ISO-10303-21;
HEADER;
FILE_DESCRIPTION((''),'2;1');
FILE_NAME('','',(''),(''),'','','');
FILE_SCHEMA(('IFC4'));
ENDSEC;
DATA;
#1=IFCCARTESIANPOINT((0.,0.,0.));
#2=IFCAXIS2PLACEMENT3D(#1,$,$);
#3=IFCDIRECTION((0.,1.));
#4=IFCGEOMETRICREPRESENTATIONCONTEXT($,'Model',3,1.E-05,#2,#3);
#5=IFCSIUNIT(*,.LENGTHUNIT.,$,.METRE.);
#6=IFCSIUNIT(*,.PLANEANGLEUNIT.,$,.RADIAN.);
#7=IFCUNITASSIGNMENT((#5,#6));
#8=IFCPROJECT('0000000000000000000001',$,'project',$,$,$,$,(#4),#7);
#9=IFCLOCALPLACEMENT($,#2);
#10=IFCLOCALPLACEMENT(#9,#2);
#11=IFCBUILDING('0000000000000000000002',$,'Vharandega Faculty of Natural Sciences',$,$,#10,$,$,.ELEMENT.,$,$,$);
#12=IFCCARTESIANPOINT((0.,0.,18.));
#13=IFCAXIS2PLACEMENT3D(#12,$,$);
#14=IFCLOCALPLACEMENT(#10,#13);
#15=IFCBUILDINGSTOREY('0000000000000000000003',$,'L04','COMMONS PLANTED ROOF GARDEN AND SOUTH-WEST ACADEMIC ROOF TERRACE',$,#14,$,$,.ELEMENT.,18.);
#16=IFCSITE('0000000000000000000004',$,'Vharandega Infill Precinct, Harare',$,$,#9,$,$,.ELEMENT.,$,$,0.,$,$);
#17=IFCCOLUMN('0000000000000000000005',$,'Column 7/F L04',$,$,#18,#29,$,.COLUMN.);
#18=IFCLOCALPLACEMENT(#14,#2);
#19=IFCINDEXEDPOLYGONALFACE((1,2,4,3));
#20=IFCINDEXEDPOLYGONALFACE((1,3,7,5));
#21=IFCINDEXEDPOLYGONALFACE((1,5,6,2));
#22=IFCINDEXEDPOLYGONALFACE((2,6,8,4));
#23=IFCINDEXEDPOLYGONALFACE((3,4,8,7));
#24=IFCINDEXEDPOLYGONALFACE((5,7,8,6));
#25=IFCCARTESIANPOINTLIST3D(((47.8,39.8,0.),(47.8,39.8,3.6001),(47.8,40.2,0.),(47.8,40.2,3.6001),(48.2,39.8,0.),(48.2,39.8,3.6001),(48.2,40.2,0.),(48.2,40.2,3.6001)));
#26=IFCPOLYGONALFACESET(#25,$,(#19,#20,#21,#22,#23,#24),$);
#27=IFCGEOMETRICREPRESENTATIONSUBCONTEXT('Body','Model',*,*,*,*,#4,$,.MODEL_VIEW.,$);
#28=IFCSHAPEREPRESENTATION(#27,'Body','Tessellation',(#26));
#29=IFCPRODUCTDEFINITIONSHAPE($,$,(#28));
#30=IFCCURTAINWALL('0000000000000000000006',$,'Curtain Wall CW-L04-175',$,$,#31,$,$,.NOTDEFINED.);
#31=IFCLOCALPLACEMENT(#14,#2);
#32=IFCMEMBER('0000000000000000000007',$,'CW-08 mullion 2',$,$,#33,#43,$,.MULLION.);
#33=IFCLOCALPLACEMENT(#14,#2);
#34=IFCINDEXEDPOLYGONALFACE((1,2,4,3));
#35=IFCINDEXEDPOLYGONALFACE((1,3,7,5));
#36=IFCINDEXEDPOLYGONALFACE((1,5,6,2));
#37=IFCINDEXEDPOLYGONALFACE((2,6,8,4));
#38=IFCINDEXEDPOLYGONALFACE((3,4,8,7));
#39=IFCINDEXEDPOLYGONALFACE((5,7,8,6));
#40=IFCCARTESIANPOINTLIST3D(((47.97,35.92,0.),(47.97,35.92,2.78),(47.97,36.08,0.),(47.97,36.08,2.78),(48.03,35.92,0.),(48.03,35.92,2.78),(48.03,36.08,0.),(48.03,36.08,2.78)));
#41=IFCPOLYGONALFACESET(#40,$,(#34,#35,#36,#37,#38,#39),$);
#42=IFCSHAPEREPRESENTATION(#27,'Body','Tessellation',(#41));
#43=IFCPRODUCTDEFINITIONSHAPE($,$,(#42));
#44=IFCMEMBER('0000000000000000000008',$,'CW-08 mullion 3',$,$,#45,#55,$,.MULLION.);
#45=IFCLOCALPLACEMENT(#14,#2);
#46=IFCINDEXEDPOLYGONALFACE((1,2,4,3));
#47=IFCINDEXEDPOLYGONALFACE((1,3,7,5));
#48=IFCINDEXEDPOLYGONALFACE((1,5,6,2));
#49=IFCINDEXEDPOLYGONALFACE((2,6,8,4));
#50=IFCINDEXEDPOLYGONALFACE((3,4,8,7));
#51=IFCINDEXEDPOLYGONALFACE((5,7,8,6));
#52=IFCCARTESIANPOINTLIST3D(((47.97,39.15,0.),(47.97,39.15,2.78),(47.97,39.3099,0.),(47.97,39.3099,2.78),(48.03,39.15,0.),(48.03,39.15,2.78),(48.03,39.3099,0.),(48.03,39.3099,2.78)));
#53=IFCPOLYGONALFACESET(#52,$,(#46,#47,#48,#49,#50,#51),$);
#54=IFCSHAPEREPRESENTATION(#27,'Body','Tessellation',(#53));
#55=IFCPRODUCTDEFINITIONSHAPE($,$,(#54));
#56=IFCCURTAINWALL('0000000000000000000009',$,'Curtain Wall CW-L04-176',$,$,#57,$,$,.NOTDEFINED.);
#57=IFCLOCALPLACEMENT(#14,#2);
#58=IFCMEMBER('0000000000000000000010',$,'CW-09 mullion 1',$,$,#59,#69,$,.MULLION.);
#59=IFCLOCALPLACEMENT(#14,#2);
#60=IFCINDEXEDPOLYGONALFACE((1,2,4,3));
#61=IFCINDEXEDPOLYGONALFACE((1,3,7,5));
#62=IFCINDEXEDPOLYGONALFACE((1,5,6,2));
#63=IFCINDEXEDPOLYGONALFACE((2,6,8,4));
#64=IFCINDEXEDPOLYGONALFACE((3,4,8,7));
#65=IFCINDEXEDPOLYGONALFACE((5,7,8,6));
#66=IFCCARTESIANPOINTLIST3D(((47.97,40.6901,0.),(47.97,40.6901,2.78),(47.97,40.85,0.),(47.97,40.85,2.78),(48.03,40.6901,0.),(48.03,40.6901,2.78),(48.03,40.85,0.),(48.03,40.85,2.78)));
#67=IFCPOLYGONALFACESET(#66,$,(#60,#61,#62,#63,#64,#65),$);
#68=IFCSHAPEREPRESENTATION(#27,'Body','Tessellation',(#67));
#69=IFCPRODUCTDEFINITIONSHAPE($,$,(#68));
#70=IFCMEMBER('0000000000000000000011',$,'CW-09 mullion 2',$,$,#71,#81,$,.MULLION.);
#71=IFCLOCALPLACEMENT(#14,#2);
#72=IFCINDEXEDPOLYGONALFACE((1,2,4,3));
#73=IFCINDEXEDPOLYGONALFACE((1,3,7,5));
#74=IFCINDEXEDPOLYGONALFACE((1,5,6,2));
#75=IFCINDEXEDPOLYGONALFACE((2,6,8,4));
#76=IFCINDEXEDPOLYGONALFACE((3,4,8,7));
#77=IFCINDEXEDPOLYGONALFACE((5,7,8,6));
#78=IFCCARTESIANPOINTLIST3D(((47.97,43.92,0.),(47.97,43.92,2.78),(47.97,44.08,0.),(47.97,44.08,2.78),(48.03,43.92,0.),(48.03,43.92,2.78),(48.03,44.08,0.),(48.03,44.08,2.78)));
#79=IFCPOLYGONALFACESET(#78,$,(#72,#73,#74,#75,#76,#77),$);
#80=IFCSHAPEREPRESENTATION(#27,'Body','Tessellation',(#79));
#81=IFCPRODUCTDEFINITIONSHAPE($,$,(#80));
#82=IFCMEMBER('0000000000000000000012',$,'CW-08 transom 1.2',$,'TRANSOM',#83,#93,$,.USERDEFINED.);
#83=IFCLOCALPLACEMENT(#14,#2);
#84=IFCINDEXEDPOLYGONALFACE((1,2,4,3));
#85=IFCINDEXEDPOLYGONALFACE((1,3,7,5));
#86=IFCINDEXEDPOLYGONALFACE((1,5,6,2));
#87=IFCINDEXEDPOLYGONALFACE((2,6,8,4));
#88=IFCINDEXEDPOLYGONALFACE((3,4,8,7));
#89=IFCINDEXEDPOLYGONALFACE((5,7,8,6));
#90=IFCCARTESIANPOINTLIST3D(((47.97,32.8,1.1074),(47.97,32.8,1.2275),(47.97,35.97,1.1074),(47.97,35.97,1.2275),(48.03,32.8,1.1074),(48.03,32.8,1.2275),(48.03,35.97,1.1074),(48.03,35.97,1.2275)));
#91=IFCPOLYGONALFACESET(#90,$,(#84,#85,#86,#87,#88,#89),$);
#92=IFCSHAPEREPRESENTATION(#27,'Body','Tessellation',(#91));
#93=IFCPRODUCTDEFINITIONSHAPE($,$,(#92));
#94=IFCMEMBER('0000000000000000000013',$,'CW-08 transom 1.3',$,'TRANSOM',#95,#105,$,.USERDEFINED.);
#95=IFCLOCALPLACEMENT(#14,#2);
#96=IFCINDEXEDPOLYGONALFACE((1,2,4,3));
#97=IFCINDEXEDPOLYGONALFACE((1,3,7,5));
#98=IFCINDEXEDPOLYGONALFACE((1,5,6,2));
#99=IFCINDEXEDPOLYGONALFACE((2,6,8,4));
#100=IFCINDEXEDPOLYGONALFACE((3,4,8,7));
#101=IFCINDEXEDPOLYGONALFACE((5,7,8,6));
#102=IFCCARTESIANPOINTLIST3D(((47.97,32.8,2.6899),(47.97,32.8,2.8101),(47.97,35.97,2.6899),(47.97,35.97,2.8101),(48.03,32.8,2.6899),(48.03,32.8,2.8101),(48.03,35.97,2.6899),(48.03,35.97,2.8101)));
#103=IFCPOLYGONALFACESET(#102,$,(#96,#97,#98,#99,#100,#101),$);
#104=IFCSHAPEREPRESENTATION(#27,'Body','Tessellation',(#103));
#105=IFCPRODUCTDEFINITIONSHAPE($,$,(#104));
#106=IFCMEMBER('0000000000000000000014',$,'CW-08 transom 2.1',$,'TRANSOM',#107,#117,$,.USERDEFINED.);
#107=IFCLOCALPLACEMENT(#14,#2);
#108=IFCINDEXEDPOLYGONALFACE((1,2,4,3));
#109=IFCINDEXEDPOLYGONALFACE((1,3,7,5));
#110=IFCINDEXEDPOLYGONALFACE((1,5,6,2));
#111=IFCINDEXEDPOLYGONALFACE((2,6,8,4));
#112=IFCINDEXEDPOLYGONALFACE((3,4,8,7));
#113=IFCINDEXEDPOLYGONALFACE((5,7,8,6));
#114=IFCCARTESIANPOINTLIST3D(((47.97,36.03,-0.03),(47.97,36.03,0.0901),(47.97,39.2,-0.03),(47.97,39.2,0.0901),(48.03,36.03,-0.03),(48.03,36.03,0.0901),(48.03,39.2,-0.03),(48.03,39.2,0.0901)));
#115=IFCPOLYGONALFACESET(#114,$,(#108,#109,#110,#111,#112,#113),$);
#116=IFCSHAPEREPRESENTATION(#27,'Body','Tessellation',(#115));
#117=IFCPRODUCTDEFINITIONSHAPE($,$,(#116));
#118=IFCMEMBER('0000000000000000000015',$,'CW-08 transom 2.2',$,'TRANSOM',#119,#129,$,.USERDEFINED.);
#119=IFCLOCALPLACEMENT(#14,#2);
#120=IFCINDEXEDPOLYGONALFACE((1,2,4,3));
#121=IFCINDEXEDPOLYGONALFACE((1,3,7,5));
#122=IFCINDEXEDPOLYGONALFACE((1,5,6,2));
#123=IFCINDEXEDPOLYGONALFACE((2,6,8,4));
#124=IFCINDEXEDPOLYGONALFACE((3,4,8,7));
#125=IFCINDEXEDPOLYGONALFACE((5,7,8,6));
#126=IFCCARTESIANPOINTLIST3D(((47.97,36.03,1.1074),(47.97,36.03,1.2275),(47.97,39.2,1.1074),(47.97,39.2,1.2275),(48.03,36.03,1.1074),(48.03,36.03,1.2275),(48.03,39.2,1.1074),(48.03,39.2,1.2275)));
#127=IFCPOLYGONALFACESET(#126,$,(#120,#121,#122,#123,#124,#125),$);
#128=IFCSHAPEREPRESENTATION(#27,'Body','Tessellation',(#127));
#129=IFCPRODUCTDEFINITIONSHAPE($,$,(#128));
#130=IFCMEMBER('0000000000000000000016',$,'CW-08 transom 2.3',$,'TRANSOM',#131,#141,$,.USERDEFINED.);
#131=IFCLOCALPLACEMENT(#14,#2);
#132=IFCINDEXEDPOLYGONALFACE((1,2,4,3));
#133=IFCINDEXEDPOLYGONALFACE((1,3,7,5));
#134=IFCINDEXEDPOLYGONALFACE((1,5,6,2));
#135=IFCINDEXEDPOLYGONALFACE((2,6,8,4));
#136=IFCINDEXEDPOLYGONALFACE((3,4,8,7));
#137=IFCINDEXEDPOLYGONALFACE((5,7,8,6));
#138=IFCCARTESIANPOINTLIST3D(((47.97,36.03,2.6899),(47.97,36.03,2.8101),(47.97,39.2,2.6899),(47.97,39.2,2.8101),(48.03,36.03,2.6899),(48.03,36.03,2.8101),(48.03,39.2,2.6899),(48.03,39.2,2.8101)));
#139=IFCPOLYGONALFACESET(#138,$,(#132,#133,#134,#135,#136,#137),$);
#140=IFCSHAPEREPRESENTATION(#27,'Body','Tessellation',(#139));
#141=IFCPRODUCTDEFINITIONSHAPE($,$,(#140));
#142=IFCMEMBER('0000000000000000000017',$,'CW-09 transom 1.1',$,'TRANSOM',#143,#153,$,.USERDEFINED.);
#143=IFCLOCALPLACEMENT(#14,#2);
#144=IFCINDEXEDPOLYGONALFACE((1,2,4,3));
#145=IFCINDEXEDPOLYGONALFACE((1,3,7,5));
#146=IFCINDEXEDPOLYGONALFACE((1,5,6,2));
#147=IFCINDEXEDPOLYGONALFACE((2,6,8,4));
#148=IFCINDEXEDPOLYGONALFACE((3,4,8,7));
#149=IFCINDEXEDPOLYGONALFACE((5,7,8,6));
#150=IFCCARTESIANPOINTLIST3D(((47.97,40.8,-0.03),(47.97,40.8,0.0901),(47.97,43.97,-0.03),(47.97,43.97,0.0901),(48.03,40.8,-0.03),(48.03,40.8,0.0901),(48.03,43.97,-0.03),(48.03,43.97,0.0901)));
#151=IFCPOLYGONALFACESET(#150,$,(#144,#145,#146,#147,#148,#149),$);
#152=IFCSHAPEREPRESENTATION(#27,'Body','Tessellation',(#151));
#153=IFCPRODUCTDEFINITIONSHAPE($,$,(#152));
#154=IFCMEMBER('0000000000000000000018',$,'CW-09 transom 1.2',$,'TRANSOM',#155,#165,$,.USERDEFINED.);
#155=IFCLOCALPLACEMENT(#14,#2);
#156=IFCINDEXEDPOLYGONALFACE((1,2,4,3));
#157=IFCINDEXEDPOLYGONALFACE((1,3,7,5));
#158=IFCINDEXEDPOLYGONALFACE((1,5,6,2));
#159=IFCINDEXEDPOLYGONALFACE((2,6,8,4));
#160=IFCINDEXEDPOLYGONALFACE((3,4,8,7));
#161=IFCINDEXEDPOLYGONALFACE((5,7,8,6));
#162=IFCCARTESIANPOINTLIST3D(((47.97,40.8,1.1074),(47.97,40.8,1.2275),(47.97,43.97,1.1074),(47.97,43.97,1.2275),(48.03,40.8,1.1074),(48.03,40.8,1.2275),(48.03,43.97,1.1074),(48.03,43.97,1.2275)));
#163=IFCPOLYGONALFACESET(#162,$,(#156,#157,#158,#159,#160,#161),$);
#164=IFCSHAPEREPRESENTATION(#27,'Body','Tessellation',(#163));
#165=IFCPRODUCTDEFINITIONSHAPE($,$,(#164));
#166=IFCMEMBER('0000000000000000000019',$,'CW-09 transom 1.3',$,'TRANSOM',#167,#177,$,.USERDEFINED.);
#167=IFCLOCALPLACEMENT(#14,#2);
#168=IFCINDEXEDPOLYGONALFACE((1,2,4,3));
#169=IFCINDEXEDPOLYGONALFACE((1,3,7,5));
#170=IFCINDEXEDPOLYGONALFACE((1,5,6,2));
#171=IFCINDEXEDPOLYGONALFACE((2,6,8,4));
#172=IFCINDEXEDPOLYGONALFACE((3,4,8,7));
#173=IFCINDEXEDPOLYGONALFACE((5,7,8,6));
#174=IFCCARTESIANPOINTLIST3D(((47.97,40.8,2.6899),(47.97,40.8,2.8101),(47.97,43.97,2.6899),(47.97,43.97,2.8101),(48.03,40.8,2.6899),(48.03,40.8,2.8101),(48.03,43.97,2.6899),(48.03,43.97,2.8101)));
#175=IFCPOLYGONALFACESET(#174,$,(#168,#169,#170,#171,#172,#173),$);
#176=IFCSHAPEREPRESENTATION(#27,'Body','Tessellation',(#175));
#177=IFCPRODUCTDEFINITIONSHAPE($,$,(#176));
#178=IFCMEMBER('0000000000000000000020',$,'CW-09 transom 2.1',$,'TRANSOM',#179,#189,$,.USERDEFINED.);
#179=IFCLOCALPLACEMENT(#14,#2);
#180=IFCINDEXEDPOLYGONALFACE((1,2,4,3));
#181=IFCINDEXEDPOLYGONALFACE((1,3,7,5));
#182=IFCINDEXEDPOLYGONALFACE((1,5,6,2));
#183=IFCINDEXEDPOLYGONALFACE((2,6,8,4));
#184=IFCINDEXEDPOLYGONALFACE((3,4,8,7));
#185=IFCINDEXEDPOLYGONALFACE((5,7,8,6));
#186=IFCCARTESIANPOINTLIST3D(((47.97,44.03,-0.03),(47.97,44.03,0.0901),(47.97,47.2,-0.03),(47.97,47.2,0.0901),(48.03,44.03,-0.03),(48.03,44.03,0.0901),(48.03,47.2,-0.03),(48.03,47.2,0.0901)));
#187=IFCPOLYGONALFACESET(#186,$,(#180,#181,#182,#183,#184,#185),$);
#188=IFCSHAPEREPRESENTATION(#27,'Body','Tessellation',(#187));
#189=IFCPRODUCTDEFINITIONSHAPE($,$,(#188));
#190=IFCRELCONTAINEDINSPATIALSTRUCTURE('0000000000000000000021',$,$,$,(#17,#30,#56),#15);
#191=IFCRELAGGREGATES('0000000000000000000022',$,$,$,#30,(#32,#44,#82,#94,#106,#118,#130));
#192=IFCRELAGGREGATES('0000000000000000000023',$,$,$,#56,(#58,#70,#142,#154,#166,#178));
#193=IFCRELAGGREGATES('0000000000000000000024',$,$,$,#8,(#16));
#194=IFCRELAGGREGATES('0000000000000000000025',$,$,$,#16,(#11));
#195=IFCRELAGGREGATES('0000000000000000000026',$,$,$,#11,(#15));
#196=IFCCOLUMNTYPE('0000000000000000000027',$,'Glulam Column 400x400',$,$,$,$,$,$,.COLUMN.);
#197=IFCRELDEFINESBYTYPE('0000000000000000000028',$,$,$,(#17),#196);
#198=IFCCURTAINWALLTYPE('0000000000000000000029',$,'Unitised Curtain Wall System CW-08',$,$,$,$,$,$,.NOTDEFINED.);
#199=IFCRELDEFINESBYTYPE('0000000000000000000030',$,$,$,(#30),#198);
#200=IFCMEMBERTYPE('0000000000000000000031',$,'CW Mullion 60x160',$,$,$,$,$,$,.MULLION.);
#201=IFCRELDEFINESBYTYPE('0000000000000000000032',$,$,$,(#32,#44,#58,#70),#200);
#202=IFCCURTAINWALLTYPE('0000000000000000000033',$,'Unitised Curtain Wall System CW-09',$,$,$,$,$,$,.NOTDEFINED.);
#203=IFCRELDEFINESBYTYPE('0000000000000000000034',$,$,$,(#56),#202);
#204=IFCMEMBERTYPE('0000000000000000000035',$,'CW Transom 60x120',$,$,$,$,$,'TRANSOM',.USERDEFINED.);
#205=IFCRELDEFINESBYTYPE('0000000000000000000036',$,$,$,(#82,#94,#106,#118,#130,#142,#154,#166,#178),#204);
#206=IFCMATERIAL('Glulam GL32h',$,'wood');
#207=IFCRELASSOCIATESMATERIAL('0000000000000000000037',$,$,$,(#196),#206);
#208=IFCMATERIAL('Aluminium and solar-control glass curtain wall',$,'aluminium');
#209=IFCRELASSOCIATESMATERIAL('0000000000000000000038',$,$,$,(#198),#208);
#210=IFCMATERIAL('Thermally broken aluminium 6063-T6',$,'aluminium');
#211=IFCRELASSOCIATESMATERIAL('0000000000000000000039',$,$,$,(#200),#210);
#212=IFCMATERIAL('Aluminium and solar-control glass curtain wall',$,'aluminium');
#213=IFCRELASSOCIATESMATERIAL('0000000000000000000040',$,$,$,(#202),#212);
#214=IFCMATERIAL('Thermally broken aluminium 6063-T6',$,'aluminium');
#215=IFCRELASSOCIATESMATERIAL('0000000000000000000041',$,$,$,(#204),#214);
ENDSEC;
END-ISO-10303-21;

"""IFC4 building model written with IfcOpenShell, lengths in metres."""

from ifc_helpers import new_model, si_unit, direction, frame, origin, origin_2d, place, context, subcontext, project, spatial, rectangle, extrude, material, material_profile, profile_set, type_object, element, aggregate, save


model = new_model("IFC4")

# Units and contexts
model_context = context("Model", 3, precision=1e-05, world=origin(), true_north=direction((0.0, 1.0)))
body_context = subcontext(model_context, "Body", "Model", "MODEL_VIEW")
ifc_project = project(units=[si_unit("LENGTHUNIT", "METRE"), si_unit("PLANEANGLEUNIT", "RADIAN")], contexts=[model_context])

# Site, building, storey
site_placement = place(None, origin())
site = spatial("IfcSite", under=ifc_project, at=site_placement, Name="Vharandega Infill Precinct, Harare", CompositionType="ELEMENT", RefElevation=0.0)
building_placement = place(site_placement, origin())
building = spatial("IfcBuilding", under=site, at=building_placement, Name="Vharandega Faculty of Natural Sciences", CompositionType="ELEMENT")
storey_placement = place(building_placement, frame((0.0, 0.0, 18.0)))
storey = spatial("IfcBuildingStorey", under=building, at=storey_placement, Name="L04", Description="COMMONS PLANTED ROOF GARDEN AND SOUTH-WEST ACADEMIC ROOF TERRACE", CompositionType="ELEMENT", Elevation=18.0)

# Column
ifc_material_1 = material(Name="Glulam GL32h", Category="wood")
ifc_material_profile_1 = material_profile(ifc_material_1, rectangle(XDim=0.3999, YDim=0.3999, at=origin_2d()), Name="GL32h 400x400")
ifc_profile_set_1 = profile_set([ifc_material_profile_1], Name="Glulam GL32h")
column_type = type_object("IfcColumnType", Name="Glulam Column 400x400", PredefinedType="COLUMN", material=ifc_profile_set_1)
column_placement = place(storey_placement, frame((48.0, 40.0, 0.0), z_axis=(0.0, 0.0, 1.0), x_axis=(1.0, 0.0, 0.0)))
element("IfcColumn", 1, at=column_placement, inside=storey, type_object=column_type, Name="Column 7/F L04", PredefinedType="COLUMN", context=body_context, shape_type="SweptSolid", body=[
    extrude(rectangle(XDim=0.3999, YDim=0.3999, at=origin_2d()), origin(), (0.0, 0.0, 1.0), 3.6001),
])

# Curtain walls, members
ifc_material_2 = material(Name="Aluminium and solar-control glass curtain wall", Category="aluminium")
curtain_wall_type_1 = type_object("IfcCurtainWallType", Name="Unitised Curtain Wall System CW-08", PredefinedType="NOTDEFINED", material=ifc_material_2)
curtain_wall_1_placement = place(storey_placement, origin())
curtain_wall_1 = element("IfcCurtainWall", 2, at=curtain_wall_1_placement, inside=storey, type_object=curtain_wall_type_1, Name="Curtain Wall CW-L04-175", PredefinedType="NOTDEFINED")
ifc_material_3 = material(Name="Thermally broken aluminium 6063-T6", Category="aluminium")
ifc_material_profile_2 = material_profile(ifc_material_3, rectangle(XDim=0.0601, YDim=0.1599, at=origin_2d()), Name="ALU 60x160")
ifc_profile_set_2 = profile_set([ifc_material_profile_2], Name="Thermally broken aluminium 6063-T6")
member_type_1 = type_object("IfcMemberType", Name="CW Mullion 60x160", PredefinedType="MULLION", material=ifc_profile_set_2)
member_1_placement = place(storey_placement, frame((48.0, 36.0, 0.0), z_axis=(0.0, 0.0, 1.0), x_axis=(-1.0, 0.0, 0.0)))
member_1 = element("IfcMember", 3, at=member_1_placement, type_object=member_type_1, Name="CW-08 mullion 2", PredefinedType="MULLION", context=body_context, shape_type="SweptSolid", body=[
    extrude(rectangle(XDim=0.0601, YDim=0.1599, at=origin_2d()), origin(), (0.0, 0.0, 1.0), 2.78),
])
member_2_placement = place(storey_placement, frame((48.0, 39.23, 0.0), z_axis=(0.0, 0.0, 1.0), x_axis=(-1.0, 0.0, 0.0)))
member_2 = element("IfcMember", 4, at=member_2_placement, type_object=member_type_1, Name="CW-08 mullion 3", PredefinedType="MULLION", context=body_context, shape_type="SweptSolid", body=[
    extrude(rectangle(XDim=0.0601, YDim=0.1599, at=origin_2d()), origin(), (0.0, 0.0, 1.0), 2.78),
])
ifc_material_4 = material(Name="Aluminium and solar-control glass curtain wall", Category="aluminium")
curtain_wall_type_2 = type_object("IfcCurtainWallType", Name="Unitised Curtain Wall System CW-09", PredefinedType="NOTDEFINED", material=ifc_material_4)
curtain_wall_2_placement = place(storey_placement, origin())
curtain_wall_2 = element("IfcCurtainWall", 5, at=curtain_wall_2_placement, inside=storey, type_object=curtain_wall_type_2, Name="Curtain Wall CW-L04-176", PredefinedType="NOTDEFINED")
member_3_placement = place(storey_placement, frame((48.0, 40.77, 0.0), z_axis=(0.0, 0.0, 1.0), x_axis=(-1.0, 0.0, 0.0)))
member_3 = element("IfcMember", 6, at=member_3_placement, type_object=member_type_1, Name="CW-09 mullion 1", PredefinedType="MULLION", context=body_context, shape_type="SweptSolid", body=[
    extrude(rectangle(XDim=0.0601, YDim=0.1599, at=origin_2d()), origin(), (0.0, 0.0, 1.0), 2.78),
])
member_4_placement = place(storey_placement, frame((48.0, 44.0, 0.0), z_axis=(0.0, 0.0, 1.0), x_axis=(-1.0, 0.0, 0.0)))
member_4 = element("IfcMember", 7, at=member_4_placement, type_object=member_type_1, Name="CW-09 mullion 2", PredefinedType="MULLION", context=body_context, shape_type="SweptSolid", body=[
    extrude(rectangle(XDim=0.0601, YDim=0.1599, at=origin_2d()), origin(), (0.0, 0.0, 1.0), 2.78),
])

# Members
ifc_material_5 = material(Name="Thermally broken aluminium 6063-T6", Category="aluminium")
ifc_material_profile_3 = material_profile(ifc_material_5, rectangle(XDim=0.0601, YDim=0.1201, at=origin_2d()), Name="ALU 60x120")
ifc_profile_set_3 = profile_set([ifc_material_profile_3], Name="Thermally broken aluminium 6063-T6")
member_type_2 = type_object("IfcMemberType", Name="CW Transom 60x120", ElementType="TRANSOM", PredefinedType="USERDEFINED", material=ifc_profile_set_3)
member_5_placement = place(storey_placement, frame((48.0, 32.8, 1.1675), z_axis=(0.0, 1.0, 0.0), x_axis=(-1.0, 0.0, 0.0)))
member_5 = element("IfcMember", 8, at=member_5_placement, type_object=member_type_2, Name="CW-08 transom 1.2", ObjectType="TRANSOM", PredefinedType="USERDEFINED", context=body_context, shape_type="SweptSolid", body=[
    extrude(rectangle(XDim=0.0601, YDim=0.1201, at=origin_2d()), origin(), (0.0, 0.0, 1.0), 3.1699),
])
member_6_placement = place(storey_placement, frame((48.0, 32.8, 2.75), z_axis=(0.0, 1.0, 0.0), x_axis=(-1.0, 0.0, 0.0)))
member_6 = element("IfcMember", 9, at=member_6_placement, type_object=member_type_2, Name="CW-08 transom 1.3", ObjectType="TRANSOM", PredefinedType="USERDEFINED", context=body_context, shape_type="SweptSolid", body=[
    extrude(rectangle(XDim=0.0601, YDim=0.1201, at=origin_2d()), origin(), (0.0, 0.0, 1.0), 3.1699),
])
member_7_placement = place(storey_placement, frame((48.0, 36.03, 0.03), z_axis=(0.0, 1.0, 0.0), x_axis=(-1.0, 0.0, 0.0)))
member_7 = element("IfcMember", 10, at=member_7_placement, type_object=member_type_2, Name="CW-08 transom 2.1", ObjectType="TRANSOM", PredefinedType="USERDEFINED", context=body_context, shape_type="SweptSolid", body=[
    extrude(rectangle(XDim=0.0601, YDim=0.1201, at=origin_2d()), origin(), (0.0, 0.0, 1.0), 3.1699),
])
member_8_placement = place(storey_placement, frame((48.0, 36.03, 1.1675), z_axis=(0.0, 1.0, 0.0), x_axis=(-1.0, 0.0, 0.0)))
member_8 = element("IfcMember", 11, at=member_8_placement, type_object=member_type_2, Name="CW-08 transom 2.2", ObjectType="TRANSOM", PredefinedType="USERDEFINED", context=body_context, shape_type="SweptSolid", body=[
    extrude(rectangle(XDim=0.0601, YDim=0.1201, at=origin_2d()), origin(), (0.0, 0.0, 1.0), 3.1699),
])
member_9_placement = place(storey_placement, frame((48.0, 36.03, 2.75), z_axis=(0.0, 1.0, 0.0), x_axis=(-1.0, 0.0, 0.0)))
member_9 = element("IfcMember", 12, at=member_9_placement, type_object=member_type_2, Name="CW-08 transom 2.3", ObjectType="TRANSOM", PredefinedType="USERDEFINED", context=body_context, shape_type="SweptSolid", body=[
    extrude(rectangle(XDim=0.0601, YDim=0.1201, at=origin_2d()), origin(), (0.0, 0.0, 1.0), 3.1699),
])
member_10_placement = place(storey_placement, frame((48.0, 40.8, 0.03), z_axis=(0.0, 1.0, 0.0), x_axis=(-1.0, 0.0, 0.0)))
member_10 = element("IfcMember", 13, at=member_10_placement, type_object=member_type_2, Name="CW-09 transom 1.1", ObjectType="TRANSOM", PredefinedType="USERDEFINED", context=body_context, shape_type="SweptSolid", body=[
    extrude(rectangle(XDim=0.0601, YDim=0.1201, at=origin_2d()), origin(), (0.0, 0.0, 1.0), 3.1699),
])
member_11_placement = place(storey_placement, frame((48.0, 40.8, 1.1675), z_axis=(0.0, 1.0, 0.0), x_axis=(-1.0, 0.0, 0.0)))
member_11 = element("IfcMember", 14, at=member_11_placement, type_object=member_type_2, Name="CW-09 transom 1.2", ObjectType="TRANSOM", PredefinedType="USERDEFINED", context=body_context, shape_type="SweptSolid", body=[
    extrude(rectangle(XDim=0.0601, YDim=0.1201, at=origin_2d()), origin(), (0.0, 0.0, 1.0), 3.1699),
])
member_12_placement = place(storey_placement, frame((48.0, 40.8, 2.75), z_axis=(0.0, 1.0, 0.0), x_axis=(-1.0, 0.0, 0.0)))
member_12 = element("IfcMember", 15, at=member_12_placement, type_object=member_type_2, Name="CW-09 transom 1.3", ObjectType="TRANSOM", PredefinedType="USERDEFINED", context=body_context, shape_type="SweptSolid", body=[
    extrude(rectangle(XDim=0.0601, YDim=0.1201, at=origin_2d()), origin(), (0.0, 0.0, 1.0), 3.1699),
])
member_13_placement = place(storey_placement, frame((48.0, 44.03, 0.03), z_axis=(0.0, 1.0, 0.0), x_axis=(-1.0, 0.0, 0.0)))
member_13 = element("IfcMember", 16, at=member_13_placement, type_object=member_type_2, Name="CW-09 transom 2.1", ObjectType="TRANSOM", PredefinedType="USERDEFINED", context=body_context, shape_type="SweptSolid", body=[
    extrude(rectangle(XDim=0.0601, YDim=0.1201, at=origin_2d()), origin(), (0.0, 0.0, 1.0), 3.1699),
])

aggregate(curtain_wall_1, [member_1, member_2, member_5, member_6, member_7, member_8, member_9])
aggregate(curtain_wall_2, [member_3, member_4, member_10, member_11, member_12, member_13])

save(model, "model.ifc")
